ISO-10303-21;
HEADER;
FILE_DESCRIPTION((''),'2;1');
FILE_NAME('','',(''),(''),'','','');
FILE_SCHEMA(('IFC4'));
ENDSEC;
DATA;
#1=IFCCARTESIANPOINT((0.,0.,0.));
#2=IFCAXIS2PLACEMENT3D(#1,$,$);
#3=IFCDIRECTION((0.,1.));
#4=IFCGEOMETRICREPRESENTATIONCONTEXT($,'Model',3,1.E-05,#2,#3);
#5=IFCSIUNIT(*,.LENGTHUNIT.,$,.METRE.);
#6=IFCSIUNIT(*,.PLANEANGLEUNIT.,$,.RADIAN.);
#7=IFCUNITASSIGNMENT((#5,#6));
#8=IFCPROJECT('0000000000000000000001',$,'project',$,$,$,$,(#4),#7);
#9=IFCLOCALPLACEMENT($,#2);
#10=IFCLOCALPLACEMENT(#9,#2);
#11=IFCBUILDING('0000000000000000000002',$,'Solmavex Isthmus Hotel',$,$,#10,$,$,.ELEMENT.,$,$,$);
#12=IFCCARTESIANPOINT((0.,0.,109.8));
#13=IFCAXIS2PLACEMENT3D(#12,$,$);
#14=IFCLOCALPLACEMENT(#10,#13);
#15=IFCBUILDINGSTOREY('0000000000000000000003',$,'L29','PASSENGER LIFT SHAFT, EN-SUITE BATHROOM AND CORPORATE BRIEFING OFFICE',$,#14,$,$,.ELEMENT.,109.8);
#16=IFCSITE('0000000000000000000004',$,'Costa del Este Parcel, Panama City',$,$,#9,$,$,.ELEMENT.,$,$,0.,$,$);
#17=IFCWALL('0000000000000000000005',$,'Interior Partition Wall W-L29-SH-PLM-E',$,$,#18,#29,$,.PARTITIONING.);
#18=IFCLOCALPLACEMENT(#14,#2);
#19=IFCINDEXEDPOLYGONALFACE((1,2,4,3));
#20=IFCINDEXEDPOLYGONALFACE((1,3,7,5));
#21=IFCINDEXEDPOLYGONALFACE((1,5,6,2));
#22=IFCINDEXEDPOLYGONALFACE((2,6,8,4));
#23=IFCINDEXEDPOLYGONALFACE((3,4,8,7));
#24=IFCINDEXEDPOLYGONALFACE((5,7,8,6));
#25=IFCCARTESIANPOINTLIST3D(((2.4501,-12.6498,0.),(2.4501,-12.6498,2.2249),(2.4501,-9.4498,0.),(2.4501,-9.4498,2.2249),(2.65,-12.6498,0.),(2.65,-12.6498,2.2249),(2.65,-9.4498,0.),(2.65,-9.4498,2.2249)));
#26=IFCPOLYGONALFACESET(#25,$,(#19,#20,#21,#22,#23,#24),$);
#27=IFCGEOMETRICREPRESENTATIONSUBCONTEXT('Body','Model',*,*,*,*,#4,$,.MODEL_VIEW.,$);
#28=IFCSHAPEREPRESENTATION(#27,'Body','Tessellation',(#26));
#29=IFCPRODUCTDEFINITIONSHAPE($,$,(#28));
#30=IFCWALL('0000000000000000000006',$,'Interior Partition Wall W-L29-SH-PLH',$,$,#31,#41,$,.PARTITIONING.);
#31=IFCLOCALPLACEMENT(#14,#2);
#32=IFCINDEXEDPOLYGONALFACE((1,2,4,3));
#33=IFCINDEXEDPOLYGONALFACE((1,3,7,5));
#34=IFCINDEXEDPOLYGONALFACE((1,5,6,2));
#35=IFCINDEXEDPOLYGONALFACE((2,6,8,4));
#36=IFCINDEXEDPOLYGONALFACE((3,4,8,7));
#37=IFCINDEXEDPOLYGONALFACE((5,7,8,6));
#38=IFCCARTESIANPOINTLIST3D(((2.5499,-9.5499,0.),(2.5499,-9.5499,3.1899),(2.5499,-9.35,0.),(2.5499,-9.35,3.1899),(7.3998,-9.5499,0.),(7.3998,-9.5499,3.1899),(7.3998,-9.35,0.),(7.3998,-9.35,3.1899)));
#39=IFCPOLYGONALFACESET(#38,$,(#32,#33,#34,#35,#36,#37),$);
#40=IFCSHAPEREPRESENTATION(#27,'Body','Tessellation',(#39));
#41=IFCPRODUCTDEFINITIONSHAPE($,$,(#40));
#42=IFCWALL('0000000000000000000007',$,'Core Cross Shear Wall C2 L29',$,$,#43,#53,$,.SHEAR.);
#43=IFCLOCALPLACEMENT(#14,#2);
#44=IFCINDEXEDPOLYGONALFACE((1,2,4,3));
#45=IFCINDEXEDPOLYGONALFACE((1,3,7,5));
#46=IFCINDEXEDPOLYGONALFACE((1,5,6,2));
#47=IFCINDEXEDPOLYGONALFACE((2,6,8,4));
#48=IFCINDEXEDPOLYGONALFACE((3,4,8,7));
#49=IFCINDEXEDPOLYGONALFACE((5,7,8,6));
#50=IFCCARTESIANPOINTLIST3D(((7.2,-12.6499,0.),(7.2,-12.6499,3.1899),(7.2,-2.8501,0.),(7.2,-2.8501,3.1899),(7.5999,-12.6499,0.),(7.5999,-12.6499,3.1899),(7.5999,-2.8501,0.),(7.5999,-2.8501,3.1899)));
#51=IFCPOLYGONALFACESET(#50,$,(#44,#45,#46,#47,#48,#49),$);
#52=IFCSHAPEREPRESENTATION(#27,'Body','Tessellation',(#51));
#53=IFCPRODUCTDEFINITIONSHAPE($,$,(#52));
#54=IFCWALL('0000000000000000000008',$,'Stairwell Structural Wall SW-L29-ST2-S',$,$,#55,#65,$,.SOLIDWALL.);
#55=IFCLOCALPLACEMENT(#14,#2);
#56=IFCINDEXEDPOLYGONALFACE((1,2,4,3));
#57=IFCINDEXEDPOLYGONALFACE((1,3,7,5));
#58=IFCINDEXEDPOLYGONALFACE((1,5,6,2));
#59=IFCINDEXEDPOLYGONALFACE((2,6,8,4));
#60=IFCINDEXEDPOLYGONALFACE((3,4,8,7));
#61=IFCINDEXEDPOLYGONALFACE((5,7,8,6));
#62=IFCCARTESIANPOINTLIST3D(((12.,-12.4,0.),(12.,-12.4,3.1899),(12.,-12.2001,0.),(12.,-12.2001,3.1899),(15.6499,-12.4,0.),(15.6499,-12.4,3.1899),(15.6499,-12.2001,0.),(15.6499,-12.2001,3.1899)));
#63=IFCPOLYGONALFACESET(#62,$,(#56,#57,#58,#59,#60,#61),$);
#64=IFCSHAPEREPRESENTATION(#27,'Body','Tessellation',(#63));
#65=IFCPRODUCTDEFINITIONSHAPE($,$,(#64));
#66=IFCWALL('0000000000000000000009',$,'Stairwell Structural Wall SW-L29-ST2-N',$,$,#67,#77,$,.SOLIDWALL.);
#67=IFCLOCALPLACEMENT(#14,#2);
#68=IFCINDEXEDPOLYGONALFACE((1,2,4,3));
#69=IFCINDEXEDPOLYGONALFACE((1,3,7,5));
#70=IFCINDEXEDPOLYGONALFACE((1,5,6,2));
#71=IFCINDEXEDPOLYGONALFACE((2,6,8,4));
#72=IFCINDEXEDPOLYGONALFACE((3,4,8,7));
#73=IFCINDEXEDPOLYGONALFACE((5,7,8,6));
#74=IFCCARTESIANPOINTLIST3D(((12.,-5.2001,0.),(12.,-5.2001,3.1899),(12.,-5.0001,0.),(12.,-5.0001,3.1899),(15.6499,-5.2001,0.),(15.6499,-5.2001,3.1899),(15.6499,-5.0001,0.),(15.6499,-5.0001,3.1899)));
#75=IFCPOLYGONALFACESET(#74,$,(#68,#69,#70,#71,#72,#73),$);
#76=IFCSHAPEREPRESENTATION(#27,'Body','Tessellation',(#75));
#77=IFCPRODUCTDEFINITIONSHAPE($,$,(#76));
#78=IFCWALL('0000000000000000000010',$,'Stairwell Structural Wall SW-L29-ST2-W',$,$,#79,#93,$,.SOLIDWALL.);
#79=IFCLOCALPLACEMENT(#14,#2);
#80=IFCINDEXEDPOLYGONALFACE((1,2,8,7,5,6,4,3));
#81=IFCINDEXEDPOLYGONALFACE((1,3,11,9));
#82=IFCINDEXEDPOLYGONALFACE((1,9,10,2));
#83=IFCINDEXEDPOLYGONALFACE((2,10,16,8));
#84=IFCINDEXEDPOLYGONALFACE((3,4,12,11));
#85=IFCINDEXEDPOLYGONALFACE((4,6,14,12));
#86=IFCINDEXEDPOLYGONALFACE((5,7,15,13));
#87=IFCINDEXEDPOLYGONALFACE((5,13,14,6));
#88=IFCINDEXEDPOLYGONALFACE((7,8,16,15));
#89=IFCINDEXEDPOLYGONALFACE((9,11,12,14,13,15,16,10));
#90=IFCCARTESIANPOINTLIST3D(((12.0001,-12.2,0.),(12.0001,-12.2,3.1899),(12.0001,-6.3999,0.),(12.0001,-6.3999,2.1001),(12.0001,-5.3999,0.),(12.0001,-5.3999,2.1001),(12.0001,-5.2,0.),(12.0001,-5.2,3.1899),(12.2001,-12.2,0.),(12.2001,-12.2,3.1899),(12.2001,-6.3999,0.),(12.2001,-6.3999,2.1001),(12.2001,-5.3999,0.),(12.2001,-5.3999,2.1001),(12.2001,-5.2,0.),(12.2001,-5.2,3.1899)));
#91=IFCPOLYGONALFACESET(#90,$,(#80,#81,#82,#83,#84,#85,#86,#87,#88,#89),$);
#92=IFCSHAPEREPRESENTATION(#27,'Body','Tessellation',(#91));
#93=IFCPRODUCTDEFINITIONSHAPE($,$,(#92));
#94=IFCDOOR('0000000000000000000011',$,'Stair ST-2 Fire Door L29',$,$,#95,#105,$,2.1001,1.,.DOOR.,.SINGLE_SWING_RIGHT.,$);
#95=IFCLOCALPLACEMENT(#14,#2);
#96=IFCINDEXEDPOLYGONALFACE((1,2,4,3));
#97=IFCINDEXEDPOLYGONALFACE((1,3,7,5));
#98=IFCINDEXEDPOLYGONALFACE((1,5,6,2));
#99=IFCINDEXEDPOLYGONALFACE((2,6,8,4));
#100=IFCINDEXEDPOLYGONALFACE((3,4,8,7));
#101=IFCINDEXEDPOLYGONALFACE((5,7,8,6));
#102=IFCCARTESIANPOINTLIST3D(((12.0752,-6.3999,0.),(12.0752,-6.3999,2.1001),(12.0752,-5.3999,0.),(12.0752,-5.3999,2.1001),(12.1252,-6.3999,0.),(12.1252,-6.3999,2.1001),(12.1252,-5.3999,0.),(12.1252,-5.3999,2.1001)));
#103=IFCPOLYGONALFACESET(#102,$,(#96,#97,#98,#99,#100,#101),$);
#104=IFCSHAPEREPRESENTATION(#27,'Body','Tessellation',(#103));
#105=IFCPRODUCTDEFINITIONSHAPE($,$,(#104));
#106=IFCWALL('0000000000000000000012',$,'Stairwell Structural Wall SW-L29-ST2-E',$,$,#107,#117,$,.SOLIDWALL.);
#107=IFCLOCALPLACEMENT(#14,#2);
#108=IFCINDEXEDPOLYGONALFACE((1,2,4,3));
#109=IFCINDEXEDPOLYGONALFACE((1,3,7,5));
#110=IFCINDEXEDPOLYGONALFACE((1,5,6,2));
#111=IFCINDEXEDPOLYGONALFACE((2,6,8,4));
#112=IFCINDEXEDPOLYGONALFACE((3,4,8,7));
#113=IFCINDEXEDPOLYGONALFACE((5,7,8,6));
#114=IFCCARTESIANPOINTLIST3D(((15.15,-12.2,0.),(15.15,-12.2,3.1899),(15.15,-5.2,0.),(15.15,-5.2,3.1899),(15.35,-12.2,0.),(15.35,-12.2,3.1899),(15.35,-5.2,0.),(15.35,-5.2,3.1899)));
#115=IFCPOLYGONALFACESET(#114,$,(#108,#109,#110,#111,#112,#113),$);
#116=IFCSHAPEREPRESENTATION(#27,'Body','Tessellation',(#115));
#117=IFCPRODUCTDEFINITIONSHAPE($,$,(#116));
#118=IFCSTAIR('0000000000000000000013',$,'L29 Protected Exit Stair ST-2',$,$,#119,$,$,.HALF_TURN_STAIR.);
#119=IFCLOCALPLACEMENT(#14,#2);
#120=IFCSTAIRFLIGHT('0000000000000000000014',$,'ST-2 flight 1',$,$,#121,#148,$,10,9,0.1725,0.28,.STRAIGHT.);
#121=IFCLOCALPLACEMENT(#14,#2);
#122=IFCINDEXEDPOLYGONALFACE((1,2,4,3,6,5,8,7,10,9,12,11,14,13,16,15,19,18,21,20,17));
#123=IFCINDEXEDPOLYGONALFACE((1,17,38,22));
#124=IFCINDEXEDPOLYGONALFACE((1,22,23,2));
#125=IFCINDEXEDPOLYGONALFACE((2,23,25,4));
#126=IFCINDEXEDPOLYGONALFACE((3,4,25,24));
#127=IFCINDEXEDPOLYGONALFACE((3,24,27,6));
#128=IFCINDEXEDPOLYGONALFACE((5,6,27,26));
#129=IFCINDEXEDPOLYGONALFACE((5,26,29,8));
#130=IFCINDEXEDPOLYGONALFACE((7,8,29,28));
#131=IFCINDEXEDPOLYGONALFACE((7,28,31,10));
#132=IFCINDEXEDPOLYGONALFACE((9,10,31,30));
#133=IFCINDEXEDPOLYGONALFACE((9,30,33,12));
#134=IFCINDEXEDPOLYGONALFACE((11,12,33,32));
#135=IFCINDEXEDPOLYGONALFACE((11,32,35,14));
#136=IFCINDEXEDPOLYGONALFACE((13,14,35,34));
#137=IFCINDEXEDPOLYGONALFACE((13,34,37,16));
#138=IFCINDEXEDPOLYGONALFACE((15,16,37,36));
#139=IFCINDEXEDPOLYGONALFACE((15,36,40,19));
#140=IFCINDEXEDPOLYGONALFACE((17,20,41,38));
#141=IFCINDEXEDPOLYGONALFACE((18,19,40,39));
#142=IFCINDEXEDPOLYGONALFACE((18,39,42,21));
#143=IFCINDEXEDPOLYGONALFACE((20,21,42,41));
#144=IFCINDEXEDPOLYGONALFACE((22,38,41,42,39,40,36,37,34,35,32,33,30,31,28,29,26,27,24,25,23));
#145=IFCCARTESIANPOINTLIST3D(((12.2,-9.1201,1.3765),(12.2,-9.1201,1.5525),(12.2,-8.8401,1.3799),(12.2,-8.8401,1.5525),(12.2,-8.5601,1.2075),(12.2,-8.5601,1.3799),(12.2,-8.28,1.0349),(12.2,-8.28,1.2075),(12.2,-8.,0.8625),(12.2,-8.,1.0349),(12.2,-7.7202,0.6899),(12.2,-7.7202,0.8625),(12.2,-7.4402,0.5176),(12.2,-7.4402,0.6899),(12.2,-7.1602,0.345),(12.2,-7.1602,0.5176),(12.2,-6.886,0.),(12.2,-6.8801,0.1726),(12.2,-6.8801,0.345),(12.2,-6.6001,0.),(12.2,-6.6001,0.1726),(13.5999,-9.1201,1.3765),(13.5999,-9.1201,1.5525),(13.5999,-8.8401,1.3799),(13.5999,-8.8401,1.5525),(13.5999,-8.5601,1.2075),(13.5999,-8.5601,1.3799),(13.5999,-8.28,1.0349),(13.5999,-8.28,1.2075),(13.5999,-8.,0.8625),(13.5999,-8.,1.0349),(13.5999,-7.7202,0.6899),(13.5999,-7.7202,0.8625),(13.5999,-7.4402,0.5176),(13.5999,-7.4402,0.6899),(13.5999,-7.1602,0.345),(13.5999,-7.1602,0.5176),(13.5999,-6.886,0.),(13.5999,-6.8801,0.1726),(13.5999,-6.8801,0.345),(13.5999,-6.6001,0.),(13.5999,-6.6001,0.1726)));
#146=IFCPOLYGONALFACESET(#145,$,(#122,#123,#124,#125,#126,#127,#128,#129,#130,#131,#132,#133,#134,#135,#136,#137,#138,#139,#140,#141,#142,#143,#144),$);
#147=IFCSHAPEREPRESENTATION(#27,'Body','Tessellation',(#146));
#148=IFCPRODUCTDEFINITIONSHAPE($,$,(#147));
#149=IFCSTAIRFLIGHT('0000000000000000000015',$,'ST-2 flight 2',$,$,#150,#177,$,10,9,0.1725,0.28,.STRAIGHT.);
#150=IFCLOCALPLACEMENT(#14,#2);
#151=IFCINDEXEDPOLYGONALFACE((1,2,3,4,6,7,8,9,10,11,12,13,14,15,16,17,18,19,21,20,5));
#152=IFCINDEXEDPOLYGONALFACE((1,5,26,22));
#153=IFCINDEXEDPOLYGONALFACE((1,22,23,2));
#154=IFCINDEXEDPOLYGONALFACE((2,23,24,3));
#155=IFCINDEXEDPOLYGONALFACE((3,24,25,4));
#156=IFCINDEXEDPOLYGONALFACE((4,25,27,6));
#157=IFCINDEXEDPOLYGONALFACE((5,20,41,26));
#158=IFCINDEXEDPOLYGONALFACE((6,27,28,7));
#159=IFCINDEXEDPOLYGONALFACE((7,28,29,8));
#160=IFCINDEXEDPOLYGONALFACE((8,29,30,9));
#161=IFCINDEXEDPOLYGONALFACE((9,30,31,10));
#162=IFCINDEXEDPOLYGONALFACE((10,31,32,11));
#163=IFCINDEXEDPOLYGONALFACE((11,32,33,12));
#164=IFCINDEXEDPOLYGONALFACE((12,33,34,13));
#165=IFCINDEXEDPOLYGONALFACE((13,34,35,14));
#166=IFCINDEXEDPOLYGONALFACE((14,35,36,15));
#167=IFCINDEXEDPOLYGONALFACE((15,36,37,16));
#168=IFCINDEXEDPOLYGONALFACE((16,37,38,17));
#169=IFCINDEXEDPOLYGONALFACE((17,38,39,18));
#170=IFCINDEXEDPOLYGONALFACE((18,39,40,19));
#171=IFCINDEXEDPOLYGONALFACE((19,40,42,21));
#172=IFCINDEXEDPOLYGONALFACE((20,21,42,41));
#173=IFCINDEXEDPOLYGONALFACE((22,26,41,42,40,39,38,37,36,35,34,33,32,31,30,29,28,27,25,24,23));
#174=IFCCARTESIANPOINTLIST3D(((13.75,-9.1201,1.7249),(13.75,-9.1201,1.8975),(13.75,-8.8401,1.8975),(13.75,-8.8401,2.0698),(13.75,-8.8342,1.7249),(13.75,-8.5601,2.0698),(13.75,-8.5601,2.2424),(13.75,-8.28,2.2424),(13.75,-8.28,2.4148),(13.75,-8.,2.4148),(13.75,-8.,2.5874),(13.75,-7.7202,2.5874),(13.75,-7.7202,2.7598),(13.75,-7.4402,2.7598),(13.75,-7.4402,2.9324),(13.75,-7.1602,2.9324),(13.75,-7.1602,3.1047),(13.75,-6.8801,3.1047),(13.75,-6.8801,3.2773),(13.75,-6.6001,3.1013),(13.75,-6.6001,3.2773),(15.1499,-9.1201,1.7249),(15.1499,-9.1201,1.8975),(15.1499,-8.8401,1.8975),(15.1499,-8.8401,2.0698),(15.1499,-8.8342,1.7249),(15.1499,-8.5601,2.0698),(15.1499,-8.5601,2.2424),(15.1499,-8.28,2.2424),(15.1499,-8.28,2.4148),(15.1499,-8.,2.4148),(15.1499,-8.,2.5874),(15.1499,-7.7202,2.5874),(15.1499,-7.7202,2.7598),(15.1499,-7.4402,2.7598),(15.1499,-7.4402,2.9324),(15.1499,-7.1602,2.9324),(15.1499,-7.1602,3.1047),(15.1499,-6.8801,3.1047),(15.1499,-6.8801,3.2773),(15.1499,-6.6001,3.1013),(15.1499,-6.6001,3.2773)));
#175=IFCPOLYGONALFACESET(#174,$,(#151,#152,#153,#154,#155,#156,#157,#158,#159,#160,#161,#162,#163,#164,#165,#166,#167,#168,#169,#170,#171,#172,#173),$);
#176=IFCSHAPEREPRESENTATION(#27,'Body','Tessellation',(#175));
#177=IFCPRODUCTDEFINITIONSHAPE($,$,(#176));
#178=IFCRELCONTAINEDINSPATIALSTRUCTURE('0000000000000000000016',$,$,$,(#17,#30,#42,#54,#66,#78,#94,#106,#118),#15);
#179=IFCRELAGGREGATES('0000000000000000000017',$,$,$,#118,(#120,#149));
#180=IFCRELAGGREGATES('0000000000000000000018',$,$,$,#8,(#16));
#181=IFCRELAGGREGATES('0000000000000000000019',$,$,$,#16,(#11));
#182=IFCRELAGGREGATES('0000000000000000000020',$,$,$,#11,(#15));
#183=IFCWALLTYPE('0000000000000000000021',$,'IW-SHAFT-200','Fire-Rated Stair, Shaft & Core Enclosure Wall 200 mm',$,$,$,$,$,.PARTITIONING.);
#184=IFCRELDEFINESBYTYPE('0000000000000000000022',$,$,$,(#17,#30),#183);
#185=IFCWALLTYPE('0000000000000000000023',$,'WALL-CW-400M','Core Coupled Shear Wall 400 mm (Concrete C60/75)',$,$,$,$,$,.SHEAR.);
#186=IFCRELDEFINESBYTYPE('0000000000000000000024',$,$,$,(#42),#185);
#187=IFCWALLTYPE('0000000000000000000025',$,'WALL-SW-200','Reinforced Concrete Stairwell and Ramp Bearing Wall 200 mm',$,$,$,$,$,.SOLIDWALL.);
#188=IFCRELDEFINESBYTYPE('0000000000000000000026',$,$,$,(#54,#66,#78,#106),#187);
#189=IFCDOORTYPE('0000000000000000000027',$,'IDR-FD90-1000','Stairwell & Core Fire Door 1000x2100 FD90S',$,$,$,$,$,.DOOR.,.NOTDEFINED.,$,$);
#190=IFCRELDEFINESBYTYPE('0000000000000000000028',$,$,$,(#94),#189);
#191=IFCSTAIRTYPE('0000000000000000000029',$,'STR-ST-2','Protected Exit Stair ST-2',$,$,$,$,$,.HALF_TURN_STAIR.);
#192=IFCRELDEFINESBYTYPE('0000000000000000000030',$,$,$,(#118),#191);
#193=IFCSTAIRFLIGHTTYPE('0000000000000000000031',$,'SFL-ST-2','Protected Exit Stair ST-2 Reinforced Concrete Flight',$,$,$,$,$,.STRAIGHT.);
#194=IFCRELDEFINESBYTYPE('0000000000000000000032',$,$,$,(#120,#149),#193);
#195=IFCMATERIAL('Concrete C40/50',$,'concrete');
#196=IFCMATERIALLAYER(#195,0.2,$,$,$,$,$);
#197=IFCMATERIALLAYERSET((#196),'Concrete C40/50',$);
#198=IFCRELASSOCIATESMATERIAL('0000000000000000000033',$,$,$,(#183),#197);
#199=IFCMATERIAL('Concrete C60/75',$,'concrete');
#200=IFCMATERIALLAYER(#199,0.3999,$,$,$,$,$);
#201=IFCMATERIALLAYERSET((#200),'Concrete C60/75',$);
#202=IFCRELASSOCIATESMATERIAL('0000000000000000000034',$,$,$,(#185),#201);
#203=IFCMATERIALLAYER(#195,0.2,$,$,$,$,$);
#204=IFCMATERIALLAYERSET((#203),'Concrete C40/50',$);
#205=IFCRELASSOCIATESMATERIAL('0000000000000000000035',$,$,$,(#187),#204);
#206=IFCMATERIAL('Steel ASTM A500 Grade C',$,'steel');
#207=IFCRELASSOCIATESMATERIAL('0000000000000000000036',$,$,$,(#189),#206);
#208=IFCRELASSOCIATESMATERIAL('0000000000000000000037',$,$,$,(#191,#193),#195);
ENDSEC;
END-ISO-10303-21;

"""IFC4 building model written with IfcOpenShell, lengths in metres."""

from ifc_helpers import new_model, si_unit, direction, frame, frame_2d, origin, place, context, subcontext, project, spatial, polyline, rectangle, outline, extrude, material, layer, layer_set, type_object, element, fill, aggregate, save


model = new_model("IFC4")

# Units and contexts
model_context = context("Model", 3, precision=1e-05, world=origin(), true_north=direction((0.0, 1.0)))
body_context = subcontext(model_context, "Body", "Model", "MODEL_VIEW")
ifc_project = project(units=[si_unit("LENGTHUNIT", "METRE"), si_unit("PLANEANGLEUNIT", "RADIAN")], contexts=[model_context])

# Site, building, storey
site_placement = place(None, origin())
site = spatial("IfcSite", under=ifc_project, at=site_placement, Name="Costa del Este Parcel, Panama City", CompositionType="ELEMENT", RefElevation=0.0)
building_placement = place(site_placement, origin())
building = spatial("IfcBuilding", under=site, at=building_placement, Name="Solmavex Isthmus Hotel", CompositionType="ELEMENT")
storey_placement = place(building_placement, frame((0.0, 0.0, 109.8)))
storey = spatial("IfcBuildingStorey", under=building, at=storey_placement, Name="L29", Description="PASSENGER LIFT SHAFT, EN-SUITE BATHROOM AND CORPORATE BRIEFING OFFICE", CompositionType="ELEMENT", Elevation=109.8)

# Shared definitions
ifc_material_1 = material(Name="Concrete C60/75", Category="concrete")

# Shared definitions
ifc_material_2 = material(Name="Concrete C40/50", Category="concrete")

# Shared definitions
ifc_layer_1 = layer(ifc_material_2, 0.2)
ifc_layer_set_1 = layer_set([ifc_layer_1], Name="Concrete C40/50")
wall_type_1 = type_object("IfcWallType", Name="IW-SHAFT-200", Description="Fire-Rated Stair, Shaft & Core Enclosure Wall 200 mm", PredefinedType="PARTITIONING", material=ifc_layer_set_1)
ifc_material_3 = material(Name="Steel ASTM A500 Grade C", Category="steel")

# Walls
for number, where, z_axis, x_axis, name in (
    (1, (2.55, -12.6499, 0.0), (0.0, 0.0, 1.0), (0.0, 1.0, 0.0), "Interior Partition Wall W-L29-SH-PLM-E"),
):
    element("IfcWall", number, at=place(storey_placement, frame(where, z_axis=z_axis, x_axis=x_axis)), inside=storey, type_object=wall_type_1, Name=name, PredefinedType="PARTITIONING", context=body_context, shape_type="SweptSolid", body=[
        extrude(rectangle(XDim=3.2, YDim=0.2, at=frame_2d((1.6001, 0.0))), origin(), (0.0, 0.0, 1.0), 2.2249),
    ])
wall_1_placement = place(storey_placement, frame((2.55, -9.45, 0.0), z_axis=(0.0, 0.0, 1.0), x_axis=(1.0, 0.0, 0.0)))
element("IfcWall", 2, at=wall_1_placement, inside=storey, type_object=wall_type_1, Name="Interior Partition Wall W-L29-SH-PLH", PredefinedType="PARTITIONING", context=body_context, shape_type="SweptSolid", body=[
    extrude(rectangle(XDim=4.8499, YDim=0.2, at=frame_2d((2.4248, 0.0))), origin(), (0.0, 0.0, 1.0), 3.1899),
])
ifc_layer_2 = layer(ifc_material_1, 0.3999)
ifc_layer_set_2 = layer_set([ifc_layer_2], Name="Concrete C60/75")
wall_type_2 = type_object("IfcWallType", Name="WALL-CW-400M", Description="Core Coupled Shear Wall 400 mm (Concrete C60/75)", PredefinedType="SHEAR", material=ifc_layer_set_2)
wall_2_placement = place(storey_placement, frame((7.3999, -12.6499, 0.0), z_axis=(0.0, 0.0, 1.0), x_axis=(0.0, 1.0, 0.0)))
element("IfcWall", 3, at=wall_2_placement, inside=storey, type_object=wall_type_2, Name="Core Cross Shear Wall C2 L29", PredefinedType="SHEAR", context=body_context, shape_type="SweptSolid", body=[
    extrude(rectangle(XDim=9.7998, YDim=0.3999, at=frame_2d((4.8999, 0.0))), origin(), (0.0, 0.0, 1.0), 3.1899),
])
ifc_layer_3 = layer(ifc_material_2, 0.2)
ifc_layer_set_3 = layer_set([ifc_layer_3], Name="Concrete C40/50")
wall_type_3 = type_object("IfcWallType", Name="WALL-SW-200", Description="Reinforced Concrete Stairwell and Ramp Bearing Wall 200 mm", PredefinedType="SOLIDWALL", material=ifc_layer_set_3)
for number, where, z_axis, x_axis, name in (
    (4, (12.0, -12.3, 0.0), (0.0, 0.0, 1.0), (1.0, 0.0, 0.0), "Stairwell Structural Wall SW-L29-ST2-S"),
    (5, (12.0, -5.1001, 0.0), (0.0, 0.0, 1.0), (1.0, 0.0, 0.0), "Stairwell Structural Wall SW-L29-ST2-N"),
):
    element("IfcWall", number, at=place(storey_placement, frame(where, z_axis=z_axis, x_axis=x_axis)), inside=storey, type_object=wall_type_3, Name=name, PredefinedType="SOLIDWALL", context=body_context, shape_type="SweptSolid", body=[
        extrude(rectangle(XDim=3.6499, YDim=0.2, at=frame_2d((1.825, 0.0))), origin(), (0.0, 0.0, 1.0), 3.1899),
    ])

# Wall, opening, door
wall_3_placement = place(storey_placement, frame((12.1001, -12.2, 0.0), z_axis=(0.0, 0.0, 1.0), x_axis=(0.0, 1.0, 0.0)))
wall_3 = element("IfcWall", 6, at=wall_3_placement, inside=storey, type_object=wall_type_3, Name="Stairwell Structural Wall SW-L29-ST2-W", PredefinedType="SOLIDWALL", context=body_context, shape_type="SweptSolid", body=[
    extrude(rectangle(XDim=7.0, YDim=0.2, at=frame_2d((3.5, 0.0))), origin(), (0.0, 0.0, 1.0), 3.1899),
])
opening_1_placement = place(wall_3_placement, frame((5.8, 0.0, 0.0)))
opening_1 = element("IfcOpeningElement", 7, at=opening_1_placement, cuts=wall_3, PredefinedType="OPENING", context=body_context, shape_type="SweptSolid", body=[
    extrude(rectangle(XDim=1.0, YDim=2.1001, at=frame_2d((0.5, 1.05))), frame((0.0, 0.1099, 0.0), z_axis=(0.0, -1.0, 0.0), x_axis=(1.0, 0.0, 0.0)), (0.0, 0.0, 1.0), 0.22),
])
door_type_1 = type_object("IfcDoorType", Name="IDR-FD90-1000", Description="Stairwell & Core Fire Door 1000x2100 FD90S", OperationType="NOTDEFINED", PredefinedType="DOOR", material=ifc_material_3)
door_1_placement = place(opening_1_placement, origin())
door_1 = element("IfcDoor", 8, at=door_1_placement, inside=storey, type_object=door_type_1, Name="Stair ST-2 Fire Door L29", OperationType="SINGLE_SWING_RIGHT", OverallHeight=2.1001, OverallWidth=1.0, PredefinedType="DOOR", context=body_context, shape_type="SweptSolid", body=[
    extrude(rectangle(XDim=1.0, YDim=2.1001, at=frame_2d((0.5, 1.05))), frame((0.0, 0.0249, 0.0), z_axis=(0.0, -1.0, 0.0), x_axis=(1.0, 0.0, 0.0)), (0.0, 0.0, 1.0), 0.05),
])
fill(opening_1, door_1)

# Wall
wall_4_placement = place(storey_placement, frame((15.25, -12.2, 0.0), z_axis=(0.0, 0.0, 1.0), x_axis=(0.0, 1.0, 0.0)))
element("IfcWall", 9, at=wall_4_placement, inside=storey, type_object=wall_type_3, Name="Stairwell Structural Wall SW-L29-ST2-E", PredefinedType="SOLIDWALL", context=body_context, shape_type="SweptSolid", body=[
    extrude(rectangle(XDim=7.0, YDim=0.2, at=frame_2d((3.5, 0.0))), origin(), (0.0, 0.0, 1.0), 3.1899),
])

# Stair, stair flights
stair_type = type_object("IfcStairType", Name="STR-ST-2", Description="Protected Exit Stair ST-2", PredefinedType="HALF_TURN_STAIR", material=ifc_material_2)
stair_placement = place(storey_placement, origin())
stair = element("IfcStair", 10, at=stair_placement, inside=storey, type_object=stair_type, Name="L29 Protected Exit Stair ST-2", PredefinedType="HALF_TURN_STAIR")
stair_flight_type = type_object("IfcStairFlightType", Name="SFL-ST-2", Description="Protected Exit Stair ST-2 Reinforced Concrete Flight", PredefinedType="STRAIGHT", material=ifc_material_2)
stair_flight_1_placement = place(storey_placement, frame((12.8999, -6.6001, 0.0), z_axis=(0.0, 0.0, 1.0), x_axis=(0.0, -1.0, 0.0)))
stair_flight_1 = element("IfcStairFlight", 11, at=stair_flight_1_placement, type_object=stair_flight_type, Name="ST-2 flight 1", NumberOfRisers=10, NumberOfTreads=9, PredefinedType="STRAIGHT", RiserHeight=0.1725, TreadLength=0.28, context=body_context, shape_type="SweptSolid", body=[
    extrude(outline(polyline([(0.0, 0.0), (0.0, 0.1726), (0.28, 0.1726), (0.28, 0.345), (0.5601, 0.345), (0.5601, 0.5176), (0.8401, 0.5176), (0.8401, 0.6899), (1.1201, 0.6899), (1.1201, 0.8625), (1.3999, 0.8625), (1.3999, 1.0349), (1.6799, 1.0349), (1.6799, 1.2075), (1.96, 1.2075), (1.96, 1.3799), (2.24, 1.3799), (2.24, 1.5525), (2.52, 1.5525), (2.52, 1.7251), (2.52, 1.3765), (0.2859, 0.0), (0.0, 0.0)])), frame((0.0, 0.7, 0.0), z_axis=(0.0, -1.0, 0.0), x_axis=(1.0, 0.0, 0.0)), (0.0, 0.0, 1.0), 1.3999),
])
stair_flight_2_placement = place(storey_placement, frame((14.45, -9.1201, 1.7249), z_axis=(0.0, 0.0, 1.0), x_axis=(0.0, 1.0, 0.0)))
stair_flight_2 = element("IfcStairFlight", 12, at=stair_flight_2_placement, type_object=stair_flight_type, Name="ST-2 flight 2", NumberOfRisers=10, NumberOfTreads=9, PredefinedType="STRAIGHT", RiserHeight=0.1725, TreadLength=0.28, context=body_context, shape_type="SweptSolid", body=[
    extrude(outline(polyline([(0.0, 0.0), (0.0, 0.1726), (0.28, 0.1726), (0.28, 0.345), (0.5601, 0.345), (0.5601, 0.5176), (0.8401, 0.5176), (0.8401, 0.6899), (1.1201, 0.6899), (1.1201, 0.8625), (1.3999, 0.8625), (1.3999, 1.0349), (1.6799, 1.0349), (1.6799, 1.2075), (1.96, 1.2075), (1.96, 1.3799), (2.24, 1.3799), (2.24, 1.5525), (2.52, 1.5525), (2.52, 1.7251), (2.52, 1.3765), (0.2859, 0.0), (0.0, 0.0)])), frame((0.0, 0.7, 0.0), z_axis=(0.0, -1.0, 0.0), x_axis=(1.0, 0.0, 0.0)), (0.0, 0.0, 1.0), 1.3999),
])
aggregate(stair, [stair_flight_1, stair_flight_2])

save(model, "model.ifc")
